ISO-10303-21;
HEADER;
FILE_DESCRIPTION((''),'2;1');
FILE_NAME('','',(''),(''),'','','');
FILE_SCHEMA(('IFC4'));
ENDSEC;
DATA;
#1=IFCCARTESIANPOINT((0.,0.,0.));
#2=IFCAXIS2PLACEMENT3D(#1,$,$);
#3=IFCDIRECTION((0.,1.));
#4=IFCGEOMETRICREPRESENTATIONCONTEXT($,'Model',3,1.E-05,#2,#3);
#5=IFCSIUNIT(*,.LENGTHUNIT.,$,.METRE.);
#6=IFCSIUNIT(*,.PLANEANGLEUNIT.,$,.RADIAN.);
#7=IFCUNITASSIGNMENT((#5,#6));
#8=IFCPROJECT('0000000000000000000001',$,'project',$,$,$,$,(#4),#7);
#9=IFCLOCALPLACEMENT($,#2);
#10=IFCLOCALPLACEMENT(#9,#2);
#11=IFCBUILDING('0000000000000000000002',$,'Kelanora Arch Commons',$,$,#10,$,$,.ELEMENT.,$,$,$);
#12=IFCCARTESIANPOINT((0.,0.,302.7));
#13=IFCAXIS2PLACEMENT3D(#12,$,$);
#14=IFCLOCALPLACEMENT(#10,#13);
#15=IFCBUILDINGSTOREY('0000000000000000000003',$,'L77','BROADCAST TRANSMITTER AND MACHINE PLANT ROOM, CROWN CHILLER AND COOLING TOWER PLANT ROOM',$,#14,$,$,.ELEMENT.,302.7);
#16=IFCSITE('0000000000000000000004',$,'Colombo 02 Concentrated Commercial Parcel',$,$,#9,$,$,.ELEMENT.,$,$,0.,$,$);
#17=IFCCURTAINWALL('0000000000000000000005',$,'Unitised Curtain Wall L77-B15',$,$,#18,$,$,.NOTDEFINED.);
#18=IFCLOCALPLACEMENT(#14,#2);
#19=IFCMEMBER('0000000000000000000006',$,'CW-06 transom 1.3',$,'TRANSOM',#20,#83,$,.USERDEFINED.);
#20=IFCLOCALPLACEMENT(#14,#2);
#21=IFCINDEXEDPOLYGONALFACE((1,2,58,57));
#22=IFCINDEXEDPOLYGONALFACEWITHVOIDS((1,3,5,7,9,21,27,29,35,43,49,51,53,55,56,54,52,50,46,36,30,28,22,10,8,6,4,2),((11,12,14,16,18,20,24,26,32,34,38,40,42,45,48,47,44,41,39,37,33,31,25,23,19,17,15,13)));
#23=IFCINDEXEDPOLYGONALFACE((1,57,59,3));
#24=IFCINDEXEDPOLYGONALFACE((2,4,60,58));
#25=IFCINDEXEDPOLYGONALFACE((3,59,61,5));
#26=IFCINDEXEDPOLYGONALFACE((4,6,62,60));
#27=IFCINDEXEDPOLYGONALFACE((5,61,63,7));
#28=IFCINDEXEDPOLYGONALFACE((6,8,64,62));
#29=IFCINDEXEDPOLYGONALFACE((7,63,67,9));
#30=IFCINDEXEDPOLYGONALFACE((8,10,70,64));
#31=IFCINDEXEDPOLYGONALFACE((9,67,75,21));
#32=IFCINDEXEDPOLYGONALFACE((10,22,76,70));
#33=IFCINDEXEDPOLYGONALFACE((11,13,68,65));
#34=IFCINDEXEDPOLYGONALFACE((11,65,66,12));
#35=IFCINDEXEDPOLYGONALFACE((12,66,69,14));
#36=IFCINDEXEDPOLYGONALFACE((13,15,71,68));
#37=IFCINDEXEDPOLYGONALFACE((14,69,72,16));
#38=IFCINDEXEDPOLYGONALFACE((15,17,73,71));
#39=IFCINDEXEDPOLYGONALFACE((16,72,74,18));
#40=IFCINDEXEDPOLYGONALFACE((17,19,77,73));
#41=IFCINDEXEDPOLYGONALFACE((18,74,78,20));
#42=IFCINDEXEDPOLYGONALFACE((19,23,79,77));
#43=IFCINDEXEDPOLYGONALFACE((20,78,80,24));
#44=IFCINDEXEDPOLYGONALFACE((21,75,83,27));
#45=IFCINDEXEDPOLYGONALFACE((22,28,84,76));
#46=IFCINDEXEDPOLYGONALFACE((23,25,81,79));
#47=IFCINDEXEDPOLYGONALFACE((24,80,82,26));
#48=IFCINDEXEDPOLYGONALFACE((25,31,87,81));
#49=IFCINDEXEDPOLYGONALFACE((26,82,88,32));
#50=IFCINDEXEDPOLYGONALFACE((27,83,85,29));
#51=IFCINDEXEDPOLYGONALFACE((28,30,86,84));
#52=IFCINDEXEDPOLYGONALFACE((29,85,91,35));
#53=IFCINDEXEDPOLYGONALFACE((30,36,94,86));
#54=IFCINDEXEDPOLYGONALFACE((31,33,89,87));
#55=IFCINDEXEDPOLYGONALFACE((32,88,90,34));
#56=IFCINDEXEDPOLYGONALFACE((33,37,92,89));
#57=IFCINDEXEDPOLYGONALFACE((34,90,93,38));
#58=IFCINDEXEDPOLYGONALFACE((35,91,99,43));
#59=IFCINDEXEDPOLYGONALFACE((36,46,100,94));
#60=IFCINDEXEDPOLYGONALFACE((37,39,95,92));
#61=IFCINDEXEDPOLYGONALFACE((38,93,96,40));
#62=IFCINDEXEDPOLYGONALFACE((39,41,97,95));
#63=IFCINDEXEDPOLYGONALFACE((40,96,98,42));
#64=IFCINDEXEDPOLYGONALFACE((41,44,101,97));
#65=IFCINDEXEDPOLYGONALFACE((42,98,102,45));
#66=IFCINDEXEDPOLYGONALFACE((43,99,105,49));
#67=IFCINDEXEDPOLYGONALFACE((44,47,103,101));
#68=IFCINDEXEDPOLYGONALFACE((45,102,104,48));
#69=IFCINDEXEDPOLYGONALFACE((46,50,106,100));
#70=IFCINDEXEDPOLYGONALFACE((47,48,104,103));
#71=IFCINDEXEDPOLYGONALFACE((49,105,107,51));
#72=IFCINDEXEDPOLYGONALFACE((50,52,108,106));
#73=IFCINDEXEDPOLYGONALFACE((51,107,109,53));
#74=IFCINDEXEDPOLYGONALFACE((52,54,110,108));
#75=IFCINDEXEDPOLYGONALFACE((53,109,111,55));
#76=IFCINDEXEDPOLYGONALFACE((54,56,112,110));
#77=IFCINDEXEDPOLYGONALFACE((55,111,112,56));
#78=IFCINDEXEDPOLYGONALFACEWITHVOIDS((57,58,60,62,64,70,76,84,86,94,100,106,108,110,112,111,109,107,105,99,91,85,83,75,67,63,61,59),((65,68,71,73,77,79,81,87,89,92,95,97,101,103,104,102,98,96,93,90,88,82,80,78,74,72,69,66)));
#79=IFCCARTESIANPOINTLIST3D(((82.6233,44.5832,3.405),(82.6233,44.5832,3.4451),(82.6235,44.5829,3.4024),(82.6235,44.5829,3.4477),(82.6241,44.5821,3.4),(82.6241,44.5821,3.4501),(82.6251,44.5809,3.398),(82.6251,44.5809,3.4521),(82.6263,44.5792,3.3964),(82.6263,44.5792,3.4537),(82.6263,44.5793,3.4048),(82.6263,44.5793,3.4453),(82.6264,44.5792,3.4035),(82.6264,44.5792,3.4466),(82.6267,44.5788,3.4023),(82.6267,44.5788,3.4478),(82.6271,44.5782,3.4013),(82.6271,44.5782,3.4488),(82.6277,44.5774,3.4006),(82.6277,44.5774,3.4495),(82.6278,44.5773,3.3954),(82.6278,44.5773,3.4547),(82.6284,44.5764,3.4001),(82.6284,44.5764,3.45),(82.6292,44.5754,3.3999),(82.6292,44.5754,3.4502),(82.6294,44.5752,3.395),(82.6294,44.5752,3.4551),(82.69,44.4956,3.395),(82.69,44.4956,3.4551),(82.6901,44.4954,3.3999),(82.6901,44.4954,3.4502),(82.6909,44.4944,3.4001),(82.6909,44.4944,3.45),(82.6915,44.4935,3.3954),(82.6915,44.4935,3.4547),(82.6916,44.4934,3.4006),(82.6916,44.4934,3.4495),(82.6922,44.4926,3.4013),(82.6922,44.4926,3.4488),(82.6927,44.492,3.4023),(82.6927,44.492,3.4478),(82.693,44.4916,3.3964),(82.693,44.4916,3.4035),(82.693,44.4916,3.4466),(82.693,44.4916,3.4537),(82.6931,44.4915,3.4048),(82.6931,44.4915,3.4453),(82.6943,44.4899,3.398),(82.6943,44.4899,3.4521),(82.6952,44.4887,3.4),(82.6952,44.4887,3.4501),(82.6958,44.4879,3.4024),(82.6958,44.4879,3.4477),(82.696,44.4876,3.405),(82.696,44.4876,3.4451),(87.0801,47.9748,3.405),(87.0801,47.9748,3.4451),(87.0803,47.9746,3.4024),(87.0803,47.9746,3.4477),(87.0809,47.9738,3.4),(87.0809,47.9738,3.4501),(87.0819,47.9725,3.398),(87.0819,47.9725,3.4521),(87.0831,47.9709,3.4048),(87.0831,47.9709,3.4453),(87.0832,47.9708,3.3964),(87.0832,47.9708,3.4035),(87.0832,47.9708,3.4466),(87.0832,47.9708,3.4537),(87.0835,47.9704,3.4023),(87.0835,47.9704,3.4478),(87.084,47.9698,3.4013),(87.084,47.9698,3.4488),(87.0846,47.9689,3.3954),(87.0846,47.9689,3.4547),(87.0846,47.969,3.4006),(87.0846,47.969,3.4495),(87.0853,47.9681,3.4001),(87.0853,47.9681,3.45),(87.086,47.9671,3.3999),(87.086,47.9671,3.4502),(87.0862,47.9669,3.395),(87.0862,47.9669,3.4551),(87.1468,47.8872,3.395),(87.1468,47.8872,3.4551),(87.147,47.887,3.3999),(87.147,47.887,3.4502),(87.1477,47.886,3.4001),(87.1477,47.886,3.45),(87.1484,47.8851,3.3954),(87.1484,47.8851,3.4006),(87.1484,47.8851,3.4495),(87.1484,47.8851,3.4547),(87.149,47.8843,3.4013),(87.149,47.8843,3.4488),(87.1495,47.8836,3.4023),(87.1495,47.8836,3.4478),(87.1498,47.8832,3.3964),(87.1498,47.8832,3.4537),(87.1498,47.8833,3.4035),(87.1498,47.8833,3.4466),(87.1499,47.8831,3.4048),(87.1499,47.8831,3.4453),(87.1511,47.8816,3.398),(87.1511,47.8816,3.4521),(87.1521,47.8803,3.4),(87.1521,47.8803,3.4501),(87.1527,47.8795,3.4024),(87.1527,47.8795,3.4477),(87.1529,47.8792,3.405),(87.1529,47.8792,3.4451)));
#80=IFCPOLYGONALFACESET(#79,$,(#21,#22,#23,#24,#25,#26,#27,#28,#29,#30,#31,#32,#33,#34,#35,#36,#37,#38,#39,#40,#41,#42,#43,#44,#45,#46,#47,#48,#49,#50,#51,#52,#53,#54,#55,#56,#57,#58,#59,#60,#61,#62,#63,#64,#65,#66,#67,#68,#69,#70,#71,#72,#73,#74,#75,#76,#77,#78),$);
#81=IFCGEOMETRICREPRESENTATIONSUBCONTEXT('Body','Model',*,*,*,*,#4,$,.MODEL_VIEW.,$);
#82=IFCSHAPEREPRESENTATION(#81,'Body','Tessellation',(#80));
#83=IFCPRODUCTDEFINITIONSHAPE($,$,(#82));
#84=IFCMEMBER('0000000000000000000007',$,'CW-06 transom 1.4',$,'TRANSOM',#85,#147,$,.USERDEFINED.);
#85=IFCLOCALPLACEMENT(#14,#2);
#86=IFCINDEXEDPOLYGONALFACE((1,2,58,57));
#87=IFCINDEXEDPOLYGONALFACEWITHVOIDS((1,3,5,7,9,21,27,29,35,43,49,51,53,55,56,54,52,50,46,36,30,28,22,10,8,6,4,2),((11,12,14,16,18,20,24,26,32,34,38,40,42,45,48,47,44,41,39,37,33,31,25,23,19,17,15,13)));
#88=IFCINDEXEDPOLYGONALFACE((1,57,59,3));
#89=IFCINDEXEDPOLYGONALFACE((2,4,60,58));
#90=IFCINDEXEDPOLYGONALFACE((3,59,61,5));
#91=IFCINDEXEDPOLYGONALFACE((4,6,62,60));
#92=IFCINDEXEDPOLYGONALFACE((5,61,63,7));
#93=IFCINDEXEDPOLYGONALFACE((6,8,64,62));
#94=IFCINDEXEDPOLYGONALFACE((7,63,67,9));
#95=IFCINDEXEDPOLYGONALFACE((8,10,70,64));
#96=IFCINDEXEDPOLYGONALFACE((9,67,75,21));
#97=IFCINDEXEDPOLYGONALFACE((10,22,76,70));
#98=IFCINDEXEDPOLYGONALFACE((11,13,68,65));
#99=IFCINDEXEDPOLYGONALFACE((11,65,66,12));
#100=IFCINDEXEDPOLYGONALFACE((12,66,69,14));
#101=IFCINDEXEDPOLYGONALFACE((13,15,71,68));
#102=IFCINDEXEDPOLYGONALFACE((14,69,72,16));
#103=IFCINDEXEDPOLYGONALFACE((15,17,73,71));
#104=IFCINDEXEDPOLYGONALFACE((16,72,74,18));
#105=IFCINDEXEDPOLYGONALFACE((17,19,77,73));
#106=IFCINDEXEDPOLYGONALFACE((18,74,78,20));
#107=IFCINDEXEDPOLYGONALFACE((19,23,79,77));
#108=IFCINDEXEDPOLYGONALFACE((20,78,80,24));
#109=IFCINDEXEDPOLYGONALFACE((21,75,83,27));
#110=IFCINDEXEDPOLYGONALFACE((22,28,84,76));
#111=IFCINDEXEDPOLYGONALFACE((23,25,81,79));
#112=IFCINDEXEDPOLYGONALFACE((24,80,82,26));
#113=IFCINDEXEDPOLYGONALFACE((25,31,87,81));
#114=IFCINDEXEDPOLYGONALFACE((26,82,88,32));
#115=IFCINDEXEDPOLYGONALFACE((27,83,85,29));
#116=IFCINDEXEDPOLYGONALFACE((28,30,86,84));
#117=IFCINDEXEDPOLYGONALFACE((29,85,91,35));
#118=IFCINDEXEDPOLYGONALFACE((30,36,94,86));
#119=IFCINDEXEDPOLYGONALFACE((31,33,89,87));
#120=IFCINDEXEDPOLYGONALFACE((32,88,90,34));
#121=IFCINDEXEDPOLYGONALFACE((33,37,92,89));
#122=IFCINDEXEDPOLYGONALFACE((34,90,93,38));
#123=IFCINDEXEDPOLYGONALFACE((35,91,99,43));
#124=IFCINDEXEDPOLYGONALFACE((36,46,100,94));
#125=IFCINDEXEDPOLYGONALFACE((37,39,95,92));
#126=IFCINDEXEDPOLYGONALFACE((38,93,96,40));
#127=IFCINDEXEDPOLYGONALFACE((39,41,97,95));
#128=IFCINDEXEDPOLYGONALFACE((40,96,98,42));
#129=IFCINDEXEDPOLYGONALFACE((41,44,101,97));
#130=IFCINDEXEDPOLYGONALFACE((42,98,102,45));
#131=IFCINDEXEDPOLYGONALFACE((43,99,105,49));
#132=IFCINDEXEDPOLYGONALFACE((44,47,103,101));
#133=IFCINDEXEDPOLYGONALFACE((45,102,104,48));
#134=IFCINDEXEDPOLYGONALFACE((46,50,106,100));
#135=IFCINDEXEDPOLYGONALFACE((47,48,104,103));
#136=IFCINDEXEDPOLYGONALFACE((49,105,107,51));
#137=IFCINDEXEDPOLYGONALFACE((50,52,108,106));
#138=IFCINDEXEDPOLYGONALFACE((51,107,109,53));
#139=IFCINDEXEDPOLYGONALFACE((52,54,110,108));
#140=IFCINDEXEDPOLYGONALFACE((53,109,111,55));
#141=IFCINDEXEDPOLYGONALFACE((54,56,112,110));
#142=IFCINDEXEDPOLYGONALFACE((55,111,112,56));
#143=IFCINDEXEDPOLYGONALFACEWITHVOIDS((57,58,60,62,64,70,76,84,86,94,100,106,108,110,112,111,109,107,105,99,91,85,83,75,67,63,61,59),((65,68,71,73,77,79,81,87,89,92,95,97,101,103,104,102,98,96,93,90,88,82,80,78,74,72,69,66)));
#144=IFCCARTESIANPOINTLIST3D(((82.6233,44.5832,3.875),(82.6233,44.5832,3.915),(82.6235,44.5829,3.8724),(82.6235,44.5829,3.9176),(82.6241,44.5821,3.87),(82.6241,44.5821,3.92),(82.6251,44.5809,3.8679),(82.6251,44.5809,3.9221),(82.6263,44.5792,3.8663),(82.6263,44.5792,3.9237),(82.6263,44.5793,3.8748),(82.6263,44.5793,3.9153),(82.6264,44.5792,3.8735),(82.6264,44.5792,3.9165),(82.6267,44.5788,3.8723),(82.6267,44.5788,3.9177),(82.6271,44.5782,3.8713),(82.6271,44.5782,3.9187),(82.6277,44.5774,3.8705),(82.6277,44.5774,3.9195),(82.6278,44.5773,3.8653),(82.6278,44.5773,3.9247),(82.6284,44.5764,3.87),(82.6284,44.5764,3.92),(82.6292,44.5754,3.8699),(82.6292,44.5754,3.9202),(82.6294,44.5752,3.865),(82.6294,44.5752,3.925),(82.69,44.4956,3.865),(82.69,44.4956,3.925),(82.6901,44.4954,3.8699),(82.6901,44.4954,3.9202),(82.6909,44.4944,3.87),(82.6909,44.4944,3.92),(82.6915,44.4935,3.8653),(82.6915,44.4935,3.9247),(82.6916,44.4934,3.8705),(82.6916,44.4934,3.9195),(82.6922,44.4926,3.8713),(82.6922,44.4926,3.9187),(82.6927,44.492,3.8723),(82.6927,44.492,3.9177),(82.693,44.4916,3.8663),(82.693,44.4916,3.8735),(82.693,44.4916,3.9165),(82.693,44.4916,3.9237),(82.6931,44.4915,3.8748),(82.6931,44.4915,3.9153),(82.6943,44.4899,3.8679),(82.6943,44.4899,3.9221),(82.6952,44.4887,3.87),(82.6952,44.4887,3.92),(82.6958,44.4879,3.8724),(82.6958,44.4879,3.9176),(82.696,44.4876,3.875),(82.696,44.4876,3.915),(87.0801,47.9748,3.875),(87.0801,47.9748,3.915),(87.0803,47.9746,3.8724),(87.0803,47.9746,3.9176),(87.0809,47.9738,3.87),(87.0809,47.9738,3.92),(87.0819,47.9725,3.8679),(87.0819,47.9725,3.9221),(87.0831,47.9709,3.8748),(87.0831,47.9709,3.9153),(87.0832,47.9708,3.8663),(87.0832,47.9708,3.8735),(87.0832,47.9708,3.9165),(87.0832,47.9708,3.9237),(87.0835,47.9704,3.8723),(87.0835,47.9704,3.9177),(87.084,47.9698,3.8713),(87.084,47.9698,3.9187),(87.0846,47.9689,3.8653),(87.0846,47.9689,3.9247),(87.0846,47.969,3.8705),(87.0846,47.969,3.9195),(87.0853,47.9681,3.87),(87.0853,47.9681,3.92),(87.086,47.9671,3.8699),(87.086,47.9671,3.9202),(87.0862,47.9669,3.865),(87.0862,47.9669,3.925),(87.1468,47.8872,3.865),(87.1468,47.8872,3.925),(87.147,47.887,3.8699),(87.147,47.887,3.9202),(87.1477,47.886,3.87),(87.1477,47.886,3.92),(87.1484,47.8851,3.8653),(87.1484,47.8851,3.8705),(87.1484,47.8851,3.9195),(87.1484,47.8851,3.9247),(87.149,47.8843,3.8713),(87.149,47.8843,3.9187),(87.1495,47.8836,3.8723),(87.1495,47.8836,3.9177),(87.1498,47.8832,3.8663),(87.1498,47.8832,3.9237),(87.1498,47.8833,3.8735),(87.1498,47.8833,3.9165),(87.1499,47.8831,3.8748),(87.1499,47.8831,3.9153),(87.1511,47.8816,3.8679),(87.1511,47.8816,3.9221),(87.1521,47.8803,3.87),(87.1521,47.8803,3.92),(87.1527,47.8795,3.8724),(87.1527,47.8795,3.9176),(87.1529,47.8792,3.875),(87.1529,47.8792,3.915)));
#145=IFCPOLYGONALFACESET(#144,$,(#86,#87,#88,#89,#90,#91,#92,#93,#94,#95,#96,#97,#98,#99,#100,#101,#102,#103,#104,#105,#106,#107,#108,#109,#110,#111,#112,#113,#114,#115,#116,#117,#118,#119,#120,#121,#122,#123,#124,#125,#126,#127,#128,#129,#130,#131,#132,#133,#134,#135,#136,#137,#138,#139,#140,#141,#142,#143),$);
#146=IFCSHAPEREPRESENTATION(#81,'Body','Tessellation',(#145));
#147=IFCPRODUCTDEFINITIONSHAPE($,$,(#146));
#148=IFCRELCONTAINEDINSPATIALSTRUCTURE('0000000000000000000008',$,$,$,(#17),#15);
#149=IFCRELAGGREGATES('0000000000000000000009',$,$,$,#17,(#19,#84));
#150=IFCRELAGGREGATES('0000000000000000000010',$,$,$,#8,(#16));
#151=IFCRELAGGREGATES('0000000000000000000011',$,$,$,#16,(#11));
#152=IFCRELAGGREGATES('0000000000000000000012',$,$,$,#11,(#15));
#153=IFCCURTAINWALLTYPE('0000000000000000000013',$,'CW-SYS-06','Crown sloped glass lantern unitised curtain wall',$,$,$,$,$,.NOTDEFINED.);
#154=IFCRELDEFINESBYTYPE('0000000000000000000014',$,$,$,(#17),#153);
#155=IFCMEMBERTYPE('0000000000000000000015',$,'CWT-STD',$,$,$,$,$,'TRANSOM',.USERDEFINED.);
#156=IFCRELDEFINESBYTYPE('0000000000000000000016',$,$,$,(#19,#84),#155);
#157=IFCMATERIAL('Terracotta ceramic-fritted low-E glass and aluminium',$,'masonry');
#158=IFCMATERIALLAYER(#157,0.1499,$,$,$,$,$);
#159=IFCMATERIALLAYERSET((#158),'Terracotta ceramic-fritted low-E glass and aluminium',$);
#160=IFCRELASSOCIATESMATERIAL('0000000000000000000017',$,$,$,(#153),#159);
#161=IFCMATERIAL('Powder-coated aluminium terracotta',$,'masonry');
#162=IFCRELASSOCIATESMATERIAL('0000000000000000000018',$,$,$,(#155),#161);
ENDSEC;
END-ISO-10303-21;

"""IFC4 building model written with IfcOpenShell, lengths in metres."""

from ifc_helpers import new_model, si_unit, direction, frame, origin, origin_2d, place, context, subcontext, project, spatial, hollow_rectangle, extrude, material, layer, layer_set, material_profile, profile_set, type_object, element, aggregate, save


model = new_model("IFC4")

# Units and contexts
model_context = context("Model", 3, precision=1e-05, world=origin(), true_north=direction((0.0, 1.0)))
body_context = subcontext(model_context, "Body", "Model", "MODEL_VIEW")
ifc_project = project(units=[si_unit("LENGTHUNIT", "METRE"), si_unit("PLANEANGLEUNIT", "RADIAN")], contexts=[model_context])

# Site, building, storey
site_placement = place(None, origin())
site = spatial("IfcSite", under=ifc_project, at=site_placement, Name="Colombo 02 Concentrated Commercial Parcel", CompositionType="ELEMENT", RefElevation=0.0)
building_placement = place(site_placement, origin())
building = spatial("IfcBuilding", under=site, at=building_placement, Name="Kelanora Arch Commons", CompositionType="ELEMENT")
storey_placement = place(building_placement, frame((0.0, 0.0, 302.7)))
storey = spatial("IfcBuildingStorey", under=building, at=storey_placement, Name="L77", Description="BROADCAST TRANSMITTER AND MACHINE PLANT ROOM, CROWN CHILLER AND COOLING TOWER PLANT ROOM", CompositionType="ELEMENT", Elevation=302.7)

# Shared definitions
ifc_material_1 = material(Name="Terracotta ceramic-fritted low-E glass and aluminium", Category="masonry")
ifc_layer_1 = layer(ifc_material_1, 0.1499)
ifc_layer_set_1 = layer_set([ifc_layer_1], Name="Terracotta ceramic-fritted low-E glass and aluminium")
curtain_wall_type = type_object("IfcCurtainWallType", Name="CW-SYS-06", Description="Crown sloped glass lantern unitised curtain wall", PredefinedType="NOTDEFINED", material=ifc_layer_set_1)
ifc_material_2 = material(Name="Powder-coated aluminium terracotta", Category="masonry")

# Curtain wall
curtain_wall_1_placement = place(storey_placement, origin())
curtain_wall_1 = element("IfcCurtainWall", 1, at=curtain_wall_1_placement, inside=storey, type_object=curtain_wall_type, Name="Unitised Curtain Wall L77-B15", PredefinedType="NOTDEFINED")

# Members
ifc_material_profile_1 = material_profile(ifc_material_2, hollow_rectangle(XDim=0.1201, YDim=0.0601, WallThickness=0.0049, InnerFilletRadius=0.0049, OuterFilletRadius=0.01, at=origin_2d()), Name="CWT120x60")
ifc_profile_set_1 = profile_set([ifc_material_profile_1], Name="Powder-coated aluminium terracotta")
member_type_1 = type_object("IfcMemberType", Name="CWT-STD", ElementType="TRANSOM", PredefinedType="USERDEFINED", material=ifc_profile_set_1)
member_1_placement = place(storey_placement, frame((82.6597, 44.5354, 3.425), z_axis=(0.79578, 0.605586, 0.0), x_axis=(-0.605586, 0.79578, 0.0)))
member_1 = element("IfcMember", 2, at=member_1_placement, type_object=member_type_1, Name="CW-06 transom 1.3", ObjectType="TRANSOM", PredefinedType="USERDEFINED", context=body_context, shape_type="SweptSolid", body=[
    extrude(hollow_rectangle(XDim=0.1201, YDim=0.0601, WallThickness=0.0049, InnerFilletRadius=0.0049, OuterFilletRadius=0.01, at=origin_2d()), origin(), (0.0, 0.0, 1.0), 5.6006),
])
member_2_placement = place(storey_placement, frame((82.6597, 44.5354, 3.895), z_axis=(0.79578, 0.605586, 0.0), x_axis=(-0.605586, 0.79578, 0.0)))
member_2 = element("IfcMember", 3, at=member_2_placement, type_object=member_type_1, Name="CW-06 transom 1.4", ObjectType="TRANSOM", PredefinedType="USERDEFINED", context=body_context, shape_type="SweptSolid", body=[
    extrude(hollow_rectangle(XDim=0.1201, YDim=0.0601, WallThickness=0.0049, InnerFilletRadius=0.0049, OuterFilletRadius=0.01, at=origin_2d()), origin(), (0.0, 0.0, 1.0), 5.6006),
])

aggregate(curtain_wall_1, [member_1, member_2])

save(model, "model.ifc")
